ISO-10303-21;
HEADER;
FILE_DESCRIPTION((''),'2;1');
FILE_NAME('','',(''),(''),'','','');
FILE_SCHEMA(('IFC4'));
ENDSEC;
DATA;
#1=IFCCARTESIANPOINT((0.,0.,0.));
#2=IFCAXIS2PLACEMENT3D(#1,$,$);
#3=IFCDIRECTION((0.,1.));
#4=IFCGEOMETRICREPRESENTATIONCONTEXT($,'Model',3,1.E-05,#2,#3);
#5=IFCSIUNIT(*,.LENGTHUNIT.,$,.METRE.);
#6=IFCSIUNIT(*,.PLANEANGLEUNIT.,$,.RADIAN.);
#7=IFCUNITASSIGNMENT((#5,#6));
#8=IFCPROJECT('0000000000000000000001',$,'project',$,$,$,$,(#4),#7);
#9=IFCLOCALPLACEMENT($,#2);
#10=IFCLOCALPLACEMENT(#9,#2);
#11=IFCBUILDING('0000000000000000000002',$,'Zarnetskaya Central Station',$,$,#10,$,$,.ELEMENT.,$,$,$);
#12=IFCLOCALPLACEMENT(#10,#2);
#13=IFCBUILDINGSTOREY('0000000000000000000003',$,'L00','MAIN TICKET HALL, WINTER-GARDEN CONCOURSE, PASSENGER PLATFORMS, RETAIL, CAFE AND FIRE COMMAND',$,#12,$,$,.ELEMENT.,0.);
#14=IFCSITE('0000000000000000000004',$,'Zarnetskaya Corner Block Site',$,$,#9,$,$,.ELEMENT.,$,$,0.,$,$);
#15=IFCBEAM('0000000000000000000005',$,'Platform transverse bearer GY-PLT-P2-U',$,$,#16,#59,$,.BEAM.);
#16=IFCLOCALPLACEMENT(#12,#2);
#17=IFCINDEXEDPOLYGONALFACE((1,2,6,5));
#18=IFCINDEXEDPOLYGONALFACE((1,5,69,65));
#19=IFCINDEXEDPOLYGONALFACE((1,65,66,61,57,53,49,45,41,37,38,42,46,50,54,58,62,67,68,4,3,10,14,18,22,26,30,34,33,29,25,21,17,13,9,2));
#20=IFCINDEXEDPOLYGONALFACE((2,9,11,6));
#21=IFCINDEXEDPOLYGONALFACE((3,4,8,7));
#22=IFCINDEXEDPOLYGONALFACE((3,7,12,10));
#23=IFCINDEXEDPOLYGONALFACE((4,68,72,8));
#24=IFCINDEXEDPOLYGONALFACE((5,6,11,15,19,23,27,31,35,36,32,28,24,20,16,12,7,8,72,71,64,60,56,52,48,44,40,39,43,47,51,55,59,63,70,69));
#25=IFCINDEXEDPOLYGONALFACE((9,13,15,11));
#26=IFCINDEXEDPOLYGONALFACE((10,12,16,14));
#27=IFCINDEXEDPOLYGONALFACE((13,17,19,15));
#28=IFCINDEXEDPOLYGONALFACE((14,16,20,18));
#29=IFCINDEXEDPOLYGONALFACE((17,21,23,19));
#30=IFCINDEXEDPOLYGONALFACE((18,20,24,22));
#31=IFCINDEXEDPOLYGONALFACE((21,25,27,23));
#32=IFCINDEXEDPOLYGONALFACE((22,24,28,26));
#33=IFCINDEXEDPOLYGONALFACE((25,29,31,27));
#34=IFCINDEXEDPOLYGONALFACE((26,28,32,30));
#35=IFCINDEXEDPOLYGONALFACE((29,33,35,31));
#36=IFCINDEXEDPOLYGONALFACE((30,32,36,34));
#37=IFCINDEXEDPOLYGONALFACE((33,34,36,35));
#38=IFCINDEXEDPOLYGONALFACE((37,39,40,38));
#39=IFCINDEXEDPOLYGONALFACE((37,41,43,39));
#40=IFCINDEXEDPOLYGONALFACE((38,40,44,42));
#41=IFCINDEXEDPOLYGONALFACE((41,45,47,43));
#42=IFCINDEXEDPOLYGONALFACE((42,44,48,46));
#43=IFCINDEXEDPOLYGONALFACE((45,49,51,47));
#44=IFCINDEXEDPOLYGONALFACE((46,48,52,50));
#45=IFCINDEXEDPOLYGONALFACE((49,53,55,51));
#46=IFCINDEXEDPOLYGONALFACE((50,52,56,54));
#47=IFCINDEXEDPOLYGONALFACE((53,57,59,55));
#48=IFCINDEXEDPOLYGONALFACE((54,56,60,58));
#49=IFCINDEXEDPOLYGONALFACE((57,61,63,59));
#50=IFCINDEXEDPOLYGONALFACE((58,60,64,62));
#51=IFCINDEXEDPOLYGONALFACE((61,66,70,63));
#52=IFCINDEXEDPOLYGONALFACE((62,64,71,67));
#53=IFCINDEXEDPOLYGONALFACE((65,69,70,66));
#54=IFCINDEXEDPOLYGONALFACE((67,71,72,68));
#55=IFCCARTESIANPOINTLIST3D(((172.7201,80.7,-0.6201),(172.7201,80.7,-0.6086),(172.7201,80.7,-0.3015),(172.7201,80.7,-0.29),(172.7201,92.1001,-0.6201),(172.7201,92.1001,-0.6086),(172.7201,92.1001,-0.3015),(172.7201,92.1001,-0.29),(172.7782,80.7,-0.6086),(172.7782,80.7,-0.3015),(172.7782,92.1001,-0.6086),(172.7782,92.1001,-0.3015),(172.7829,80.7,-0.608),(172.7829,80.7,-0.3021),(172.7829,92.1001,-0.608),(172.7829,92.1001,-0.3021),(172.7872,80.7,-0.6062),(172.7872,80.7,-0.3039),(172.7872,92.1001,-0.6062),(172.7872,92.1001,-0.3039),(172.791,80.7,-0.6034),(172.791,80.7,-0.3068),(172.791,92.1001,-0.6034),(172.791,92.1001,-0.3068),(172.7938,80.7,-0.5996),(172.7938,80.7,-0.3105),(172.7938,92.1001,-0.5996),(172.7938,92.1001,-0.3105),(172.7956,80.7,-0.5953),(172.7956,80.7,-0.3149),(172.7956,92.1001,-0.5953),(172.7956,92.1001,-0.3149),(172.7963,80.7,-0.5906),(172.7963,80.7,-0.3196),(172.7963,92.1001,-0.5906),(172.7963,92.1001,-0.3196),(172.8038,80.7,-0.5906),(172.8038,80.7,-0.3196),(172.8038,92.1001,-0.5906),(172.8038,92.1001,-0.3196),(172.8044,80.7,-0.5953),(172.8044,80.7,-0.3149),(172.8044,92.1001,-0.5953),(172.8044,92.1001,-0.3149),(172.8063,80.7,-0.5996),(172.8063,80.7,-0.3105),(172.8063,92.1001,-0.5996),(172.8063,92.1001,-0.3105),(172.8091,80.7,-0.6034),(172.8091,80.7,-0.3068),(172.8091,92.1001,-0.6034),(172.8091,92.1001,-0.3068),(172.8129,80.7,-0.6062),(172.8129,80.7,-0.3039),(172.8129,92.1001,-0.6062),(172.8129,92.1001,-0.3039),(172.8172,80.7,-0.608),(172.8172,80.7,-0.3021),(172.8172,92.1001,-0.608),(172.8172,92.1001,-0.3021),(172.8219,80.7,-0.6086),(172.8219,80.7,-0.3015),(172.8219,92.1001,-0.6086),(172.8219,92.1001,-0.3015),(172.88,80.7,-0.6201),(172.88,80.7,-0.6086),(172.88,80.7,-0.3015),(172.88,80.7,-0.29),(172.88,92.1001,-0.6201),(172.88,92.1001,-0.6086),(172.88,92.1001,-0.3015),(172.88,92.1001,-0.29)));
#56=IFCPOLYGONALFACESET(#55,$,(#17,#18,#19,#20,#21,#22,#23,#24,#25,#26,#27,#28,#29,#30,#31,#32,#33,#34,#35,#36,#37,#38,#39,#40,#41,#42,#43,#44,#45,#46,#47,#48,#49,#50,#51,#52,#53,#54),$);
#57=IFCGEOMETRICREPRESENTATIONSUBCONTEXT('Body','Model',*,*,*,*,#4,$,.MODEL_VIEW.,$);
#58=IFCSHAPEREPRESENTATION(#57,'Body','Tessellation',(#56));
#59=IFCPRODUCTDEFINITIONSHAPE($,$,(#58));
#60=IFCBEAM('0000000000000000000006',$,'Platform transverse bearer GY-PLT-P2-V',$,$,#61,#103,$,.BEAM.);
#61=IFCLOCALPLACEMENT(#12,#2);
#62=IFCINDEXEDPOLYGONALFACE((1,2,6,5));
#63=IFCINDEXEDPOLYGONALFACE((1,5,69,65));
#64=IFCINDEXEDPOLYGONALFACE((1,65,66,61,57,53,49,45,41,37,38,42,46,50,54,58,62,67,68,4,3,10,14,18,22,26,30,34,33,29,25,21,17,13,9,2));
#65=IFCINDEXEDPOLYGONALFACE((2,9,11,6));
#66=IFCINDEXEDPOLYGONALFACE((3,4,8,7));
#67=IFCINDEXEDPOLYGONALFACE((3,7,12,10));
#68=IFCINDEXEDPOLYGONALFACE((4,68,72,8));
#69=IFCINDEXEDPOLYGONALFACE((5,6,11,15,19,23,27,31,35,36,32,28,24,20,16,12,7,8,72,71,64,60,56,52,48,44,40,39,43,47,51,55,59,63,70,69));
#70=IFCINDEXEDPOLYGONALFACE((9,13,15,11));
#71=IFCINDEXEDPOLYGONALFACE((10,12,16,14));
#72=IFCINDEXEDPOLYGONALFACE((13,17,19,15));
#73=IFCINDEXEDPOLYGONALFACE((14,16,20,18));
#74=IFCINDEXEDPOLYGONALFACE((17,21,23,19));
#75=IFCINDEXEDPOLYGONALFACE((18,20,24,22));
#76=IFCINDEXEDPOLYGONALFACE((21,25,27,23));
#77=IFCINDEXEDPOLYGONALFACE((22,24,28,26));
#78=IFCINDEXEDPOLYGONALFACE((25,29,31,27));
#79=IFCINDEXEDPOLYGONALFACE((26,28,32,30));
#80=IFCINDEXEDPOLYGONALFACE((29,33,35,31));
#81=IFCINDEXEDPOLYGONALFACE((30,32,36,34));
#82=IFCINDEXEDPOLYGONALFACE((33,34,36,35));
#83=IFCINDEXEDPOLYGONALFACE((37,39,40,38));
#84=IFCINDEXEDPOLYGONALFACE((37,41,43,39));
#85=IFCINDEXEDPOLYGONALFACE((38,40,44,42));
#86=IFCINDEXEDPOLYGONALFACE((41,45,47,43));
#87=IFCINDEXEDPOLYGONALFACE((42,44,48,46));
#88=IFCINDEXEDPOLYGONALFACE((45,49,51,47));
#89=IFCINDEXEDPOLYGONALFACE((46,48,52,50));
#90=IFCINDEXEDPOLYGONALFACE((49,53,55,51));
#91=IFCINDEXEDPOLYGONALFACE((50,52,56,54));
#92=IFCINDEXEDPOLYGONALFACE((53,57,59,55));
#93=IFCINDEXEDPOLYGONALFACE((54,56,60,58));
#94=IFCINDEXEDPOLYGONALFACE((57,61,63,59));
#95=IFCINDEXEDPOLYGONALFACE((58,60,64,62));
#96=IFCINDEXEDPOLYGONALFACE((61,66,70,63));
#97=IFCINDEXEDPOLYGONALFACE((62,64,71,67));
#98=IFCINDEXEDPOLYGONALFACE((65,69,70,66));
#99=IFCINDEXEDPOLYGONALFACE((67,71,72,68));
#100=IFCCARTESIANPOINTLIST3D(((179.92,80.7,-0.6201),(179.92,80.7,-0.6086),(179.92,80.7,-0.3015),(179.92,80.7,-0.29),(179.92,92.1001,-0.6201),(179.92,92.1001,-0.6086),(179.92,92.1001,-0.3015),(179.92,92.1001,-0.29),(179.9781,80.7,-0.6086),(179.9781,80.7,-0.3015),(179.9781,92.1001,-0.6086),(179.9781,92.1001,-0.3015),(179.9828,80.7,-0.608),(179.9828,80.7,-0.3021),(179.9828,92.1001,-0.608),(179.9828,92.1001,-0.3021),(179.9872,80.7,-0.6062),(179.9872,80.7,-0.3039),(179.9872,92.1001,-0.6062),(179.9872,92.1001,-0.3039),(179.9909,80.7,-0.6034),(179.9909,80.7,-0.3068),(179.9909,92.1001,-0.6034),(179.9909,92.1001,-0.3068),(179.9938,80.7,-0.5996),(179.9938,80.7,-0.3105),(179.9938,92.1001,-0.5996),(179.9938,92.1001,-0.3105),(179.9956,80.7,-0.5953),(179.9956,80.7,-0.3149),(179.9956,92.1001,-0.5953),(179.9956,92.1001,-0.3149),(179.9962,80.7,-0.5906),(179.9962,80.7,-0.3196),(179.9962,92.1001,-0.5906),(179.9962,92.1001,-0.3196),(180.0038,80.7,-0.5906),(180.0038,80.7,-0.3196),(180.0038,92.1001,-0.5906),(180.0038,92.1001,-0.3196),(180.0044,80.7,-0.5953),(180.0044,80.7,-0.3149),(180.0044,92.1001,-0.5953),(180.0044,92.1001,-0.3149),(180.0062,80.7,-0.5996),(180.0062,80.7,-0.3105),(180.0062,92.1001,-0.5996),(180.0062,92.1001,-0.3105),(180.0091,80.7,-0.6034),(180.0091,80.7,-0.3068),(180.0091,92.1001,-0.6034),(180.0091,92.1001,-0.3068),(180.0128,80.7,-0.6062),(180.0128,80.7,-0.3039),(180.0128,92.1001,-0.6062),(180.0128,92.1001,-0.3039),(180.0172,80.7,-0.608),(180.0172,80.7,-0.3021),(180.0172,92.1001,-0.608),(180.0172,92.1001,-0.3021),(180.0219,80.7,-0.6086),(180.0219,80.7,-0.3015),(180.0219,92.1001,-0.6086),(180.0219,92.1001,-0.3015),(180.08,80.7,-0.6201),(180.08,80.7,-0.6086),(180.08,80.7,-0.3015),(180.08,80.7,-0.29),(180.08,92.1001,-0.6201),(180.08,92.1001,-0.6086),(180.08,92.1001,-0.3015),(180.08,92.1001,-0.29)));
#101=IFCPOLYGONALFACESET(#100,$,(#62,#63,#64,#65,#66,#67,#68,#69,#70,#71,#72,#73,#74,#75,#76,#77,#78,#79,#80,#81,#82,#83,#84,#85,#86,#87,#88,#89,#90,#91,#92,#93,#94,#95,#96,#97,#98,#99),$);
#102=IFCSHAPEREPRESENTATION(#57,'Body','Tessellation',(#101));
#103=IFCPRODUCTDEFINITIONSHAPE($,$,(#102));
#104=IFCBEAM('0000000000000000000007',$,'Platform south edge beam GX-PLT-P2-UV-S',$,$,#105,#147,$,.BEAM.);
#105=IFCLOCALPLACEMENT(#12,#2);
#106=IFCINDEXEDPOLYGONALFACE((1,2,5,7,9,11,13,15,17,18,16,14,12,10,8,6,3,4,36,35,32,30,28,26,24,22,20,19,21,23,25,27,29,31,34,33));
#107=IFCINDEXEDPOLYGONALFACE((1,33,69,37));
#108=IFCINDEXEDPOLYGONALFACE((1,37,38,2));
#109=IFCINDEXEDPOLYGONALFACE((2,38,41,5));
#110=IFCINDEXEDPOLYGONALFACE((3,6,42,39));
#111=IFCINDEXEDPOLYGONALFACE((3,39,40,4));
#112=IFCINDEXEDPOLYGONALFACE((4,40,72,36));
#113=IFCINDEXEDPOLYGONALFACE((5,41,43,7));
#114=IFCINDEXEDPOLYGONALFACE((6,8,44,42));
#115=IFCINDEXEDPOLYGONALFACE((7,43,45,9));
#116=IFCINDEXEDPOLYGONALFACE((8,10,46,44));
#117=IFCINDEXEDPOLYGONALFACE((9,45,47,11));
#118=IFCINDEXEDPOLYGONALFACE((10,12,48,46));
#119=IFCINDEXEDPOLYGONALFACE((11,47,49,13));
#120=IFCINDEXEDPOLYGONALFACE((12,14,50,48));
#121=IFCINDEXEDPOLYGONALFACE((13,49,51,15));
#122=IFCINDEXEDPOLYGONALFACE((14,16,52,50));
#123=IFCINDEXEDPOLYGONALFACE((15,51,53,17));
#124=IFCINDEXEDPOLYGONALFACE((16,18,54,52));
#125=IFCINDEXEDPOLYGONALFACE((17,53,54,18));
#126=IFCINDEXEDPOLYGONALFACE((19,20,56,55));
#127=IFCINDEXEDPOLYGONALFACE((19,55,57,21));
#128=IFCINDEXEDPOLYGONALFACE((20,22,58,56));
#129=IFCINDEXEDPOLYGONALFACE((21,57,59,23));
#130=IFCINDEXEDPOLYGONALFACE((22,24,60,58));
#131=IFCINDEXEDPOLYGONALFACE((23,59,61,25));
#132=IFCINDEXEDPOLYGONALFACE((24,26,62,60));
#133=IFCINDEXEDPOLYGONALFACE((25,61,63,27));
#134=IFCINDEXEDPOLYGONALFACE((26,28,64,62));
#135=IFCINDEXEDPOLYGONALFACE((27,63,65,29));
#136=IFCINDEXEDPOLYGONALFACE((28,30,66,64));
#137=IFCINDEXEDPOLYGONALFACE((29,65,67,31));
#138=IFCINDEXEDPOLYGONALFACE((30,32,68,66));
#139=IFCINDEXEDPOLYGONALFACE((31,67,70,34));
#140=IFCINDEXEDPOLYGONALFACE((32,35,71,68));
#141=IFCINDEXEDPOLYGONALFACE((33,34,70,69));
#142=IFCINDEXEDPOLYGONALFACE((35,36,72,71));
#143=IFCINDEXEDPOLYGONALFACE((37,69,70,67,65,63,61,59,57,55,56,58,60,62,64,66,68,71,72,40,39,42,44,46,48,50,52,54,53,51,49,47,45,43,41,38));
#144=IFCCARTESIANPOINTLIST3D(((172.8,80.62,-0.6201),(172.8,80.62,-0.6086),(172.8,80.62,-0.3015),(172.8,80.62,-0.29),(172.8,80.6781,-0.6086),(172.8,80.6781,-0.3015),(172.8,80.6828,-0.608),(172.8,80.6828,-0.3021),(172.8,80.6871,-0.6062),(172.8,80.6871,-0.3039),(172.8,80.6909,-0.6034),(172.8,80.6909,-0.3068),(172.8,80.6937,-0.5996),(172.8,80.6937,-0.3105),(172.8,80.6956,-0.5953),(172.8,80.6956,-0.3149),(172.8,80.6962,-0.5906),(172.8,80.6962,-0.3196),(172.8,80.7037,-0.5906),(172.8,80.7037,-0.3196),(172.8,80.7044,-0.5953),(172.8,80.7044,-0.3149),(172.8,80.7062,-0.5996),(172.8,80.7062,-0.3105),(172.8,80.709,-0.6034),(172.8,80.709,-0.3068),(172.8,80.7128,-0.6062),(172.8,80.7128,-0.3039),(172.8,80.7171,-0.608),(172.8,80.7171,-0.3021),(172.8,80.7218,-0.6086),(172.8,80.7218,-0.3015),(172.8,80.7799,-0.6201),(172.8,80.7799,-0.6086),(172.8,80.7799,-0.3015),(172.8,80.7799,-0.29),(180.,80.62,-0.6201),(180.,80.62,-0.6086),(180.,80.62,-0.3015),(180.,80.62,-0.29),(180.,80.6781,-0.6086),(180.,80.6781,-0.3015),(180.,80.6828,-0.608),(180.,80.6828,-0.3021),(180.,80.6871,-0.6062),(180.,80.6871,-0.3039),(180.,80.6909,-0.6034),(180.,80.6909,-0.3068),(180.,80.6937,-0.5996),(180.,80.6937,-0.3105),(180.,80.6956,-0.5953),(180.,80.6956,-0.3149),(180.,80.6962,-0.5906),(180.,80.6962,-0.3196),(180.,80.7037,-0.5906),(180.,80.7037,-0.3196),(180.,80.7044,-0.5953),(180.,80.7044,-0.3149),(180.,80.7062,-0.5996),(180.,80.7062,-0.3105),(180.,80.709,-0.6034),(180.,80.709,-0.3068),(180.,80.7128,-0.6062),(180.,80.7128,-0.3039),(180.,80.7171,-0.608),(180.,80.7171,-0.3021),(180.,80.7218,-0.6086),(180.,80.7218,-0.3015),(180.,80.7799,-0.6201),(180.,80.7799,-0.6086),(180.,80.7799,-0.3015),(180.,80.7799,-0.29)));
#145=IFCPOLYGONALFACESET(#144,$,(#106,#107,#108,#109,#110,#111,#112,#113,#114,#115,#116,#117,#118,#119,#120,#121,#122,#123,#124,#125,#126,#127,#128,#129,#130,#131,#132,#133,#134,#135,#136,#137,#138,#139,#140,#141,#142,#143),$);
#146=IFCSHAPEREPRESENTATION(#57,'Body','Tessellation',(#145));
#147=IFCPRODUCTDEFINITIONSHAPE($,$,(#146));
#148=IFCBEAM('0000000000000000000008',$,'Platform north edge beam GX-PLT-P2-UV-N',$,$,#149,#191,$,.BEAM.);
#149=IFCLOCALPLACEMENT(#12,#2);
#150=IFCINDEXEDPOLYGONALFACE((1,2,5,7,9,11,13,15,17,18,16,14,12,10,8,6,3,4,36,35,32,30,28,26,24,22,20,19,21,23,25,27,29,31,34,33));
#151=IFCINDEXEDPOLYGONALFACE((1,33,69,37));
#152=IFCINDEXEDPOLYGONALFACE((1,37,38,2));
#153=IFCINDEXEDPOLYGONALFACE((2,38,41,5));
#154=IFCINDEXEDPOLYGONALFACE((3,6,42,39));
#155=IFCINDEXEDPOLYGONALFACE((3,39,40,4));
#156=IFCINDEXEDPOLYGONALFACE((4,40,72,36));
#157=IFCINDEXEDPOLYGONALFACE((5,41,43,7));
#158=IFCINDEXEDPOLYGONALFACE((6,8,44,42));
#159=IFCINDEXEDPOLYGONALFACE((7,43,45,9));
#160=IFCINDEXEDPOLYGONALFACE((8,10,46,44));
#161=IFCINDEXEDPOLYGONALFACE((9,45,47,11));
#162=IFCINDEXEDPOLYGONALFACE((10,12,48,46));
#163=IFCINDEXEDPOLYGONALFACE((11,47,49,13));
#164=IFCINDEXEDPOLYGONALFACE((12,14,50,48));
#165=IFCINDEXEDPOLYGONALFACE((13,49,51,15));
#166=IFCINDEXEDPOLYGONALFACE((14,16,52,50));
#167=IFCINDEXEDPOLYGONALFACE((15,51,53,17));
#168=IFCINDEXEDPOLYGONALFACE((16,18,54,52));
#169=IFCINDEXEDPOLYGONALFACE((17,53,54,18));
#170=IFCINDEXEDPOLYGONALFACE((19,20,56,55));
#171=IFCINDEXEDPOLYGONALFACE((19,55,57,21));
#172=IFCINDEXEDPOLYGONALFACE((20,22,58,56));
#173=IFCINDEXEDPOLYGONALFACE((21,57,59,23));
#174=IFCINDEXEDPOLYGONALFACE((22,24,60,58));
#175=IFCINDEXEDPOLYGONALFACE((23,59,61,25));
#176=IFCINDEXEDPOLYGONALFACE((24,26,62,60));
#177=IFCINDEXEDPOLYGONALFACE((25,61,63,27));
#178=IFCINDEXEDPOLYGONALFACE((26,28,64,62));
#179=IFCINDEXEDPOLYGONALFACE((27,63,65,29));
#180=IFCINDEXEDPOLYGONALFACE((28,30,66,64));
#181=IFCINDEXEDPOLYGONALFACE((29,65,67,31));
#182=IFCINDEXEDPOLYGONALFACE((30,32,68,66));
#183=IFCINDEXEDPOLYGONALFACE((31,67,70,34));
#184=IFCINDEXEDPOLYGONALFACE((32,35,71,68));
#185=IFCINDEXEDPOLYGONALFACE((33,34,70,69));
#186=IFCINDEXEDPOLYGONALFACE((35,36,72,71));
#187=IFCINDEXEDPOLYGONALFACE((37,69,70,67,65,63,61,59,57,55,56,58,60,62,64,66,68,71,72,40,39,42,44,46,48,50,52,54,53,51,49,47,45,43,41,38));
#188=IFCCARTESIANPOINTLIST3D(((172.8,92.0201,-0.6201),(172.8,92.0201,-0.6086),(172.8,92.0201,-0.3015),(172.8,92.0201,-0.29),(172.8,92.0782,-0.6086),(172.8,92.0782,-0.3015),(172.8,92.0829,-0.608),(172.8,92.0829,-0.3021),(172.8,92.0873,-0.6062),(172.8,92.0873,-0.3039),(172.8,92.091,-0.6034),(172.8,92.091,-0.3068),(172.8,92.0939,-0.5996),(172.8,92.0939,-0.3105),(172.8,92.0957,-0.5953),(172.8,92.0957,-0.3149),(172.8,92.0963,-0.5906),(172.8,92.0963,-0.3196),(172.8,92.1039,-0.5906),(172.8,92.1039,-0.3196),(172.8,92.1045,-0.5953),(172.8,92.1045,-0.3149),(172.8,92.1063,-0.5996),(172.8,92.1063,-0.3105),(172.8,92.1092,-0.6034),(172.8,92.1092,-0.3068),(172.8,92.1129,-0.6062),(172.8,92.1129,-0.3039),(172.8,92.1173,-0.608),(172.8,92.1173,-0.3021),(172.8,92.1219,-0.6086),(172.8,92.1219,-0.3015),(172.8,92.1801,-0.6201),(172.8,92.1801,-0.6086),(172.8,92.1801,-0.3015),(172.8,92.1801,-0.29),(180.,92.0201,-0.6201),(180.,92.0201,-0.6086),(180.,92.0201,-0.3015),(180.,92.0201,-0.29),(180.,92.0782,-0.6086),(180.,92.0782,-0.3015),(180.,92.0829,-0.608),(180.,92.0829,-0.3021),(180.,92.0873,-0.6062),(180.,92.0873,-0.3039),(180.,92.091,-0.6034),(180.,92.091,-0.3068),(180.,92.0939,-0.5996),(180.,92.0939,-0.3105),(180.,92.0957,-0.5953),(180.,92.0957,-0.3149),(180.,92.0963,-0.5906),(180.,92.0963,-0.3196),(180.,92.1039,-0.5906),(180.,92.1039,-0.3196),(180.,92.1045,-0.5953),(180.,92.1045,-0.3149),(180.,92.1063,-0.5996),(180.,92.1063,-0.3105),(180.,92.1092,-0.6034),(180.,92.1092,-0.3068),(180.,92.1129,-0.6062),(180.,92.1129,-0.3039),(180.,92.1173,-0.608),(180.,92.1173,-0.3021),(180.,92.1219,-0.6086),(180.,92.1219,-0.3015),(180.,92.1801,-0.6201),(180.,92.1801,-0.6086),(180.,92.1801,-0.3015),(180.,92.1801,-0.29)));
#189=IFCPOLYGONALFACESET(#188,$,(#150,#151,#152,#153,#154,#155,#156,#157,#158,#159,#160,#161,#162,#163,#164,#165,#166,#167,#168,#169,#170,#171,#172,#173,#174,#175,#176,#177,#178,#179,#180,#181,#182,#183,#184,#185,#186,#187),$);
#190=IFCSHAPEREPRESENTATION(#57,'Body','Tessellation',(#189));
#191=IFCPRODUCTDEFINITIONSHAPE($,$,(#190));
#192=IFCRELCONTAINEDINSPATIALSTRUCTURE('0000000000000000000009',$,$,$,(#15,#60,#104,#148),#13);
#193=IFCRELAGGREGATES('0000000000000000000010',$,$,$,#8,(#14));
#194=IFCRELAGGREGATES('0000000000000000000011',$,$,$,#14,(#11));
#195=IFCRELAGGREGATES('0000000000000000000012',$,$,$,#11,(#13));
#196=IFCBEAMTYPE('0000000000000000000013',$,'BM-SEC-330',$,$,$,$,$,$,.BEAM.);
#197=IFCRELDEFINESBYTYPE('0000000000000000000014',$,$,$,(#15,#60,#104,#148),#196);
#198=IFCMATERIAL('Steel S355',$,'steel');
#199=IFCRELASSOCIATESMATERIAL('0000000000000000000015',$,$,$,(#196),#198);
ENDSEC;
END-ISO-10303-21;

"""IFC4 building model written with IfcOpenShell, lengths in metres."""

from ifc_helpers import new_model, si_unit, direction, frame, origin, origin_2d, place, context, subcontext, project, spatial, i_section, extrude, material, material_profile, profile_set, type_object, element, save


model = new_model("IFC4")

# Units and contexts
model_context = context("Model", 3, precision=1e-05, world=origin(), true_north=direction((0.0, 1.0)))
body_context = subcontext(model_context, "Body", "Model", "MODEL_VIEW")
ifc_project = project(units=[si_unit("LENGTHUNIT", "METRE"), si_unit("PLANEANGLEUNIT", "RADIAN")], contexts=[model_context])

# Site, building, storey
site_placement = place(None, origin())
site = spatial("IfcSite", under=ifc_project, at=site_placement, Name="Zarnetskaya Corner Block Site", CompositionType="ELEMENT", RefElevation=0.0)
building_placement = place(site_placement, origin())
building = spatial("IfcBuilding", under=site, at=building_placement, Name="Zarnetskaya Central Station", CompositionType="ELEMENT")
storey_placement = place(building_placement, origin())
storey = spatial("IfcBuildingStorey", under=building, at=storey_placement, Name="L00", Description="MAIN TICKET HALL, WINTER-GARDEN CONCOURSE, PASSENGER PLATFORMS, RETAIL, CAFE AND FIRE COMMAND", CompositionType="ELEMENT", Elevation=0.0)

# Shared definitions
ifc_material = material(Name="Steel S355", Category="steel")

# Beams
ifc_material_profile_1 = material_profile(ifc_material, i_section(OverallWidth=0.1599, OverallDepth=0.3301, WebThickness=0.0076, FlangeThickness=0.0115, FilletRadius=0.0181, at=origin_2d()), Name="IPE 330")
ifc_profile_set_1 = profile_set([ifc_material_profile_1], Name="Steel S355")
beam_type_1 = type_object("IfcBeamType", Name="BM-SEC-330", PredefinedType="BEAM", material=ifc_profile_set_1)
for number, where, z_axis, x_axis, name in (
    (1, (172.8, 80.7, -0.4551), (0.0, 1.0, 0.0), (-1.0, 0.0, 0.0), "Platform transverse bearer GY-PLT-P2-U"),
    (2, (180.0, 80.7, -0.4551), (0.0, 1.0, 0.0), (-1.0, 0.0, 0.0), "Platform transverse bearer GY-PLT-P2-V"),
):
    element("IfcBeam", number, at=place(storey_placement, frame(where, z_axis=z_axis, x_axis=x_axis)), inside=storey, type_object=beam_type_1, Name=name, PredefinedType="BEAM", context=body_context, shape_type="SweptSolid", body=[
        extrude(i_section(OverallWidth=0.1599, OverallDepth=0.3301, WebThickness=0.0076, FlangeThickness=0.0115, FilletRadius=0.0181, at=origin_2d()), origin(), (0.0, 0.0, 1.0), 11.4001),
    ])
for number, where, z_axis, x_axis, name in (
    (3, (172.8, 80.7, -0.4551), (1.0, 0.0, 0.0), (0.0, 1.0, 0.0), "Platform south edge beam GX-PLT-P2-UV-S"),
    (4, (172.8, 92.1001, -0.4551), (1.0, 0.0, 0.0), (0.0, 1.0, 0.0), "Platform north edge beam GX-PLT-P2-UV-N"),
):
    element("IfcBeam", number, at=place(storey_placement, frame(where, z_axis=z_axis, x_axis=x_axis)), inside=storey, type_object=beam_type_1, Name=name, PredefinedType="BEAM", context=body_context, shape_type="SweptSolid", body=[
        extrude(i_section(OverallWidth=0.1599, OverallDepth=0.3301, WebThickness=0.0076, FlangeThickness=0.0115, FilletRadius=0.0181, at=origin_2d()), origin(), (0.0, 0.0, 1.0), 7.2),
    ])

save(model, "model.ifc")
